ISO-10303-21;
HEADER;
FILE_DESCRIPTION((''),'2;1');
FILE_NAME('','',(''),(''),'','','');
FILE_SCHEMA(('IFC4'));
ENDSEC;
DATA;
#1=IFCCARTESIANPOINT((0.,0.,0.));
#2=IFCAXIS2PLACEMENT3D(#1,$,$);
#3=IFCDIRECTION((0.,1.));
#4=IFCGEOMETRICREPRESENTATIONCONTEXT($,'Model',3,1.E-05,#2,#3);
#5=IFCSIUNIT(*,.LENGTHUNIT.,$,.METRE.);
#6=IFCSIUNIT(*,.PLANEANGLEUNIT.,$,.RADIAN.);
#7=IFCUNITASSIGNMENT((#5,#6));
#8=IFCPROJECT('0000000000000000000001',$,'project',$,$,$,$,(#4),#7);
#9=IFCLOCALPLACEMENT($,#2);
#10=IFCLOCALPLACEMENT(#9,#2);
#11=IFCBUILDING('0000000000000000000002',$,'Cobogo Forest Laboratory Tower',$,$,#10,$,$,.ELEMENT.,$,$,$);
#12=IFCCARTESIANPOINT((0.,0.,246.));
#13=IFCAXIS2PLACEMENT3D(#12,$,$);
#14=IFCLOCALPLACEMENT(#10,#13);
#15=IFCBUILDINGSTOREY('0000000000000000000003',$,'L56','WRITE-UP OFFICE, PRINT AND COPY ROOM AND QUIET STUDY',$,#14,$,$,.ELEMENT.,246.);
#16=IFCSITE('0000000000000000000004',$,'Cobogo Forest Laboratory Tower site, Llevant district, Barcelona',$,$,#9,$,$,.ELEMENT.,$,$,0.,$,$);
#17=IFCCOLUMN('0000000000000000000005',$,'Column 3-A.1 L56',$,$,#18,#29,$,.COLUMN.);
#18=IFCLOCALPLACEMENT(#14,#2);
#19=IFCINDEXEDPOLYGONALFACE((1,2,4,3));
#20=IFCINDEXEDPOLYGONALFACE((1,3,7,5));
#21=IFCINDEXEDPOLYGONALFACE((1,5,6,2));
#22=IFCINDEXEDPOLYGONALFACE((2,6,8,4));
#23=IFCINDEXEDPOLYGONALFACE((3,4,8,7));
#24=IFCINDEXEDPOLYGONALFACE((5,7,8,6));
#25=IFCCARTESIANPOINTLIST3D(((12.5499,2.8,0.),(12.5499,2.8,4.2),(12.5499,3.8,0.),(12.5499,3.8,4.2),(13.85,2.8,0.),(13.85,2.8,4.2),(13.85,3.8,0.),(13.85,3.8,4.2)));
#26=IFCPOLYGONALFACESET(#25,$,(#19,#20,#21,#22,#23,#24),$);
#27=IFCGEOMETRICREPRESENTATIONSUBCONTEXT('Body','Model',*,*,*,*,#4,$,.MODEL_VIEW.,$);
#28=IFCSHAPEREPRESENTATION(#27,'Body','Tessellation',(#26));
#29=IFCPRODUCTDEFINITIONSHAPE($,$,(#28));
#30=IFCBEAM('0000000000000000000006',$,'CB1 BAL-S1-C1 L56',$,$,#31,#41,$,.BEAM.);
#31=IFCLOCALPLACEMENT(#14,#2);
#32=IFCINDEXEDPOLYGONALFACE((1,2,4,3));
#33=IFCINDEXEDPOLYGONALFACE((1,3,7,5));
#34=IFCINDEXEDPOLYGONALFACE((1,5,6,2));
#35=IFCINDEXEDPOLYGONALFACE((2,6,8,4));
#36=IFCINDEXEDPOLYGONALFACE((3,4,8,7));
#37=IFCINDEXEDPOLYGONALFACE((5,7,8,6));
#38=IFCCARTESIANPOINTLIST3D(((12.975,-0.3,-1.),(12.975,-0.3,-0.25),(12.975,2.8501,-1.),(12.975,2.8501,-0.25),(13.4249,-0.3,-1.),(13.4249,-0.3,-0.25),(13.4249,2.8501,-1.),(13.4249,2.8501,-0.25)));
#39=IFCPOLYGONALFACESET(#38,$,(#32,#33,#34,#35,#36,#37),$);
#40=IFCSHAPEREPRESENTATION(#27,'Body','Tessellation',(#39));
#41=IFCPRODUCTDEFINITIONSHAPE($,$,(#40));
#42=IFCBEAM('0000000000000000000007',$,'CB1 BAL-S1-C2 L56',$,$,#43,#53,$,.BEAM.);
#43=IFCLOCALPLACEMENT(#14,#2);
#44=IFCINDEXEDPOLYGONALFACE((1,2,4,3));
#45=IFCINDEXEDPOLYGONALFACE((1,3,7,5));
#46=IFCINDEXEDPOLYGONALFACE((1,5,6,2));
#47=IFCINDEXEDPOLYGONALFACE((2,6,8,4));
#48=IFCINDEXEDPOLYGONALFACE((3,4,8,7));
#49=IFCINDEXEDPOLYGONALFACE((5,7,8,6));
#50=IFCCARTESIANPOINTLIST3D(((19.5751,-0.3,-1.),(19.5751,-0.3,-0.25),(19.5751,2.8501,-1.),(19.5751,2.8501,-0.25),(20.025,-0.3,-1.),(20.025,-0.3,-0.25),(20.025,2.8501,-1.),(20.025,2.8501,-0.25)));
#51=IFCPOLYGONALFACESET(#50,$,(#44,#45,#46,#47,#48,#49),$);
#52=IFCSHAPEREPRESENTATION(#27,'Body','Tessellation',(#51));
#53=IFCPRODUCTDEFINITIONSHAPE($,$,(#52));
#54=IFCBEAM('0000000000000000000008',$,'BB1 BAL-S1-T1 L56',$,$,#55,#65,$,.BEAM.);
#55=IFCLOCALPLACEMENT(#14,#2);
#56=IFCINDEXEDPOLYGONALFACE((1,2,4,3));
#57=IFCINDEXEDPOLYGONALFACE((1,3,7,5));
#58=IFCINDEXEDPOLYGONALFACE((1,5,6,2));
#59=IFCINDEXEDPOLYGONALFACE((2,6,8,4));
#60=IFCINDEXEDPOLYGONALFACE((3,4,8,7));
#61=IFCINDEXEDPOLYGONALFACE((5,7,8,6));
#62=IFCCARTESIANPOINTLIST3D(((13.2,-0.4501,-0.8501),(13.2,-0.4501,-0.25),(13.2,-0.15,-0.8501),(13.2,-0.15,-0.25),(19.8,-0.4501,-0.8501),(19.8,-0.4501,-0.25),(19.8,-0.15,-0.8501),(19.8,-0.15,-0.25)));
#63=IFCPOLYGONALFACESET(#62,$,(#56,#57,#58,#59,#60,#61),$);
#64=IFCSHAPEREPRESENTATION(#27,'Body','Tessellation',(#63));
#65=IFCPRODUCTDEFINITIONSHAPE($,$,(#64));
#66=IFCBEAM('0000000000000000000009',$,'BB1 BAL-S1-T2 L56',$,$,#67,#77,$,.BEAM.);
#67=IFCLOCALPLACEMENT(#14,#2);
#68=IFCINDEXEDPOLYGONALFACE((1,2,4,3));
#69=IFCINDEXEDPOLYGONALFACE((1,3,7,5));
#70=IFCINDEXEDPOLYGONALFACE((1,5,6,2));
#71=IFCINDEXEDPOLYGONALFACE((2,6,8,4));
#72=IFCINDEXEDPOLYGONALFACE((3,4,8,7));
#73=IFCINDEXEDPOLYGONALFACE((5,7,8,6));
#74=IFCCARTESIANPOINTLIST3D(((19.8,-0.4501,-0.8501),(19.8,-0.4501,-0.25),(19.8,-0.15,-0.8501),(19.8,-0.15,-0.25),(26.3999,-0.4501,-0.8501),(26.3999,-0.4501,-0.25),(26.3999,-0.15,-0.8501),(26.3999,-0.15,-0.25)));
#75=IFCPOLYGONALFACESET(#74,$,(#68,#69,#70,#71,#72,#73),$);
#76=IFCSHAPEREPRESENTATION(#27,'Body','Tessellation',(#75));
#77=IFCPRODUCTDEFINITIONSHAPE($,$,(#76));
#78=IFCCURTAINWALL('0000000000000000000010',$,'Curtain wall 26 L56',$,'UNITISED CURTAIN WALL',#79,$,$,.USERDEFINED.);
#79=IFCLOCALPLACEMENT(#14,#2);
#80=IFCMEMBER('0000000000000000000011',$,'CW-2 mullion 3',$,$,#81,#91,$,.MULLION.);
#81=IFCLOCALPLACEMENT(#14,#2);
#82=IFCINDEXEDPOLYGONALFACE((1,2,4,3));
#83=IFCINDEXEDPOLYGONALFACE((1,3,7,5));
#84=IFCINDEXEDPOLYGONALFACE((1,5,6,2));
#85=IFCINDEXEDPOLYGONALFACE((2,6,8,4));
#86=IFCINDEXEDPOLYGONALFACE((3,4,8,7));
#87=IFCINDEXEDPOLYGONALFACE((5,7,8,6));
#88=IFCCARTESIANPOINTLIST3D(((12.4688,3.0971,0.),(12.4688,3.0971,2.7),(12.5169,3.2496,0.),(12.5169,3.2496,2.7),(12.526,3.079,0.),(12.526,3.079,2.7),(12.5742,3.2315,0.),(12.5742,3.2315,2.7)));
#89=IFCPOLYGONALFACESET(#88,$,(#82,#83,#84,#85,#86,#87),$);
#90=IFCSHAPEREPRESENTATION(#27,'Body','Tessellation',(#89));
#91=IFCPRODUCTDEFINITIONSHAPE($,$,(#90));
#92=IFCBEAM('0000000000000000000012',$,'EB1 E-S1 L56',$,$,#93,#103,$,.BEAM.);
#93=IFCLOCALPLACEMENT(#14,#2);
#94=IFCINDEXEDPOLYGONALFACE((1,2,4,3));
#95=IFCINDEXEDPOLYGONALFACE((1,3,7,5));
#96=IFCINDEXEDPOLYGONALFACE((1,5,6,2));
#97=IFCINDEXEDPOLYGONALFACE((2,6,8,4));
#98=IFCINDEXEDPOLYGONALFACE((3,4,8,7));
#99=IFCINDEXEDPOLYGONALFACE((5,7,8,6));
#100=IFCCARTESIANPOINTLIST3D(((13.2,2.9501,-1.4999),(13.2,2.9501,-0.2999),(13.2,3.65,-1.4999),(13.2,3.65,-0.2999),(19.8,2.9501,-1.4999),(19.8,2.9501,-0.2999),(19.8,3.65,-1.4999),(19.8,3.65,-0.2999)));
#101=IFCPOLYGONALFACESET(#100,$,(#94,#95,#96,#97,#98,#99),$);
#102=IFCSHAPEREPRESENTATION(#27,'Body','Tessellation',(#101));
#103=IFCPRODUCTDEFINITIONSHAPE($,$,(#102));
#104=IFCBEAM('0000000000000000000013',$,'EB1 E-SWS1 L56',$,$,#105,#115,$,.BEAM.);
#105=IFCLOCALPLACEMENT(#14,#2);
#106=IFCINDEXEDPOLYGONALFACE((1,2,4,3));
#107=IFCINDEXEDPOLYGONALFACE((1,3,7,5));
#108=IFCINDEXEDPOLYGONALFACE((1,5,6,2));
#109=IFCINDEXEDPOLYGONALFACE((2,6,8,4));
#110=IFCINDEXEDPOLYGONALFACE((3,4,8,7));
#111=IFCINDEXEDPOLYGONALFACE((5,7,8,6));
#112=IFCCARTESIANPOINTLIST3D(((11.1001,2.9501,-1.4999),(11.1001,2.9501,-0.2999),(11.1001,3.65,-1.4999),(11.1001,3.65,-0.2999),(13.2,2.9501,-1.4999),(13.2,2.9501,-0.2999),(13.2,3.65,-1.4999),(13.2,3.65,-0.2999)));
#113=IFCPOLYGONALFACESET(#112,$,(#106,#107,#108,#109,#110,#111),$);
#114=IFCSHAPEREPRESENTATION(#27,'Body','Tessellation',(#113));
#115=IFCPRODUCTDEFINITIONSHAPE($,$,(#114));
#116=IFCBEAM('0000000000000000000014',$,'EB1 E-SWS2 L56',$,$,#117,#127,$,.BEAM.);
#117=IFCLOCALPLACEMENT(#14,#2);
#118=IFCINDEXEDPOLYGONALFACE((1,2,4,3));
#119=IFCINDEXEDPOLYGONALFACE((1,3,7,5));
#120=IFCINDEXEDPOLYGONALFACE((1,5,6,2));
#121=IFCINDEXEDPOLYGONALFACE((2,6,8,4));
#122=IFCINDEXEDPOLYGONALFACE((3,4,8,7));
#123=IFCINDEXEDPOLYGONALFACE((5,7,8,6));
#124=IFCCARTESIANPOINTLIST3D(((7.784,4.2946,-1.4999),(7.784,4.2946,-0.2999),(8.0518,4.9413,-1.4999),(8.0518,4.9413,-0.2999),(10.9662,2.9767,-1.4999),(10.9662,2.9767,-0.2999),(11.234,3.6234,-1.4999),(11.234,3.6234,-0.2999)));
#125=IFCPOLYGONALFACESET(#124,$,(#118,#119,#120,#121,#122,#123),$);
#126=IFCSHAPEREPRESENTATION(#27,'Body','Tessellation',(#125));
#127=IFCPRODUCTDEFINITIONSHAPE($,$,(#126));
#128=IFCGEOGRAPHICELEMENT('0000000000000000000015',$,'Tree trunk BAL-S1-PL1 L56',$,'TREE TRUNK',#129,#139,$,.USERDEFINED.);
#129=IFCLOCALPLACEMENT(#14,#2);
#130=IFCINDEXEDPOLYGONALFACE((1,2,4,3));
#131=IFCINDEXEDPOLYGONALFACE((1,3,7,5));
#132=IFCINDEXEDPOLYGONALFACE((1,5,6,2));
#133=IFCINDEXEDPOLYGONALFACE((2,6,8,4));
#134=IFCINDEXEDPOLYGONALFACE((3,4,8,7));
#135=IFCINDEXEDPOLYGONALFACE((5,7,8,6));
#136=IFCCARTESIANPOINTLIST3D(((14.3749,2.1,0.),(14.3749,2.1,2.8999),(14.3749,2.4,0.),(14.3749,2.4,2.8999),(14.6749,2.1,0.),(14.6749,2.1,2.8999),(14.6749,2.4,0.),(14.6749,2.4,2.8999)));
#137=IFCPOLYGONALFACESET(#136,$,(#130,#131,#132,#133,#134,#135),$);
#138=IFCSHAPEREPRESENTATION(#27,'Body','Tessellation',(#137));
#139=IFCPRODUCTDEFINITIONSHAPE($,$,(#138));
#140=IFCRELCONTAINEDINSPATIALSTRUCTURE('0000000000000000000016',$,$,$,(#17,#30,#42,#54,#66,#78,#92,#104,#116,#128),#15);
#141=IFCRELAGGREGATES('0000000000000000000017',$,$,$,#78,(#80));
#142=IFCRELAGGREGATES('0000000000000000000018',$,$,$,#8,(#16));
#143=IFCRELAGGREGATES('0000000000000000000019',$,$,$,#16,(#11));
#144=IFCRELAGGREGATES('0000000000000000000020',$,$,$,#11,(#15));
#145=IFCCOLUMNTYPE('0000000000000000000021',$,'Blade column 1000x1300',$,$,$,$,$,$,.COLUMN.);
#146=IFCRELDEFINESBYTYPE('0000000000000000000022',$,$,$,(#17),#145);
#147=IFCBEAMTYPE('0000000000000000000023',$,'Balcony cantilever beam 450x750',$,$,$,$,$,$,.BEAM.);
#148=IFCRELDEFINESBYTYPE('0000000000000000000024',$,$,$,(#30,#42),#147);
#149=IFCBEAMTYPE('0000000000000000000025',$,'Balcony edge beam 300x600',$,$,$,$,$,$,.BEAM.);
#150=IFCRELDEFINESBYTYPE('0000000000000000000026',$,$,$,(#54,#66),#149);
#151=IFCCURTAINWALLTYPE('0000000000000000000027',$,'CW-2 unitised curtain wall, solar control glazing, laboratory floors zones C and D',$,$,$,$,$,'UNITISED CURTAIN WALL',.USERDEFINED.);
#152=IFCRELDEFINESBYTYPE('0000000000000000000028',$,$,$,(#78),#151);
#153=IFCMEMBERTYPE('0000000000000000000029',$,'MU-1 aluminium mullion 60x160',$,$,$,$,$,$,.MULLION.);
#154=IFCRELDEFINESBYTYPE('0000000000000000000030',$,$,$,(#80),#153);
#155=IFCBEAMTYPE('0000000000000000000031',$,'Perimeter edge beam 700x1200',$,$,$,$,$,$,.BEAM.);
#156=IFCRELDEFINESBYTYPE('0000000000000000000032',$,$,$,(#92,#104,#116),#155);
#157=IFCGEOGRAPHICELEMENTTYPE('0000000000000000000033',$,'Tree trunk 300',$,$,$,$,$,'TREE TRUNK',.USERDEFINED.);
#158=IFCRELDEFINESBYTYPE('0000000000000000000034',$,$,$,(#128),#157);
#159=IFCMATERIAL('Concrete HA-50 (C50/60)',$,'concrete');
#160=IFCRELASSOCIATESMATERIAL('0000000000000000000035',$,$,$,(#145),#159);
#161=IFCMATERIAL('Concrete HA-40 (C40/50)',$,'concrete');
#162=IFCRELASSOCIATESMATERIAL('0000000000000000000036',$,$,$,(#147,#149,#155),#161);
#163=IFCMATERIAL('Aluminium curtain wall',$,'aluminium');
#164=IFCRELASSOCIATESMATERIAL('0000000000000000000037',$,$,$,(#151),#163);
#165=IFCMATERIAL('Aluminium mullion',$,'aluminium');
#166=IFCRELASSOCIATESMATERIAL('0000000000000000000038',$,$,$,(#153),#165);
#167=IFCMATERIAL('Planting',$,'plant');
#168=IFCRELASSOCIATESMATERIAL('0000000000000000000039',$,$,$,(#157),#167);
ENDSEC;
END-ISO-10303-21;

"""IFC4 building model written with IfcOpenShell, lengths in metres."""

from ifc_helpers import new_model, si_unit, direction, frame, origin, origin_2d, place, context, subcontext, project, spatial, rectangle, extrude, material, material_profile, profile_set, type_object, element, aggregate, save


model = new_model("IFC4")

# Units and contexts
model_context = context("Model", 3, precision=1e-05, world=origin(), true_north=direction((0.0, 1.0)))
body_context = subcontext(model_context, "Body", "Model", "MODEL_VIEW")
ifc_project = project(units=[si_unit("LENGTHUNIT", "METRE"), si_unit("PLANEANGLEUNIT", "RADIAN")], contexts=[model_context])

# Site, building, storey
site_placement = place(None, origin())
site = spatial("IfcSite", under=ifc_project, at=site_placement, Name="Cobogo Forest Laboratory Tower site, Llevant district, Barcelona", CompositionType="ELEMENT", RefElevation=0.0)
building_placement = place(site_placement, origin())
building = spatial("IfcBuilding", under=site, at=building_placement, Name="Cobogo Forest Laboratory Tower", CompositionType="ELEMENT")
storey_placement = place(building_placement, frame((0.0, 0.0, 246.0)))
storey = spatial("IfcBuildingStorey", under=building, at=storey_placement, Name="L56", Description="WRITE-UP OFFICE, PRINT AND COPY ROOM AND QUIET STUDY", CompositionType="ELEMENT", Elevation=246.0)

# Column
ifc_material_1 = material(Name="Concrete HA-50 (C50/60)", Category="concrete")
ifc_material_profile_1 = material_profile(ifc_material_1, rectangle(XDim=1.3, YDim=1.0, at=origin_2d()), Name="RC 1000x1300")
ifc_profile_set_1 = profile_set([ifc_material_profile_1], Name="Concrete HA-50 (C50/60)")
column_type = type_object("IfcColumnType", Name="Blade column 1000x1300", PredefinedType="COLUMN", material=ifc_profile_set_1)
column_placement = place(storey_placement, frame((13.2, 3.3, 0.0), z_axis=(0.0, 0.0, 1.0), x_axis=(1.0, 0.0, 0.0)))
element("IfcColumn", 1, at=column_placement, inside=storey, type_object=column_type, Name="Column 3-A.1 L56", PredefinedType="COLUMN", context=body_context, shape_type="SweptSolid", body=[
    extrude(rectangle(XDim=1.3, YDim=1.0, at=origin_2d()), origin(), (0.0, 0.0, 1.0), 4.2),
])

# Beams
ifc_material_2 = material(Name="Concrete HA-40 (C40/50)", Category="concrete")
ifc_material_profile_2 = material_profile(ifc_material_2, rectangle(XDim=0.45, YDim=0.75, at=origin_2d()), Name="RC 450x750")
ifc_profile_set_2 = profile_set([ifc_material_profile_2], Name="Concrete HA-40 (C40/50)")
beam_type_1 = type_object("IfcBeamType", Name="Balcony cantilever beam 450x750", PredefinedType="BEAM", material=ifc_profile_set_2)
for number, where, z_axis, x_axis, name in (
    (2, (13.2, 2.8501, -0.625), (0.0, -1.0, 0.0), (1.0, 0.0, 0.0), "CB1 BAL-S1-C1 L56"),
    (3, (19.8, 2.8501, -0.625), (0.0, -1.0, 0.0), (1.0, 0.0, 0.0), "CB1 BAL-S1-C2 L56"),
):
    element("IfcBeam", number, at=place(storey_placement, frame(where, z_axis=z_axis, x_axis=x_axis)), inside=storey, type_object=beam_type_1, Name=name, PredefinedType="BEAM", context=body_context, shape_type="SweptSolid", body=[
        extrude(rectangle(XDim=0.45, YDim=0.75, at=origin_2d()), origin(), (0.0, 0.0, 1.0), 3.1501),
    ])
ifc_material_profile_3 = material_profile(ifc_material_2, rectangle(XDim=0.3, YDim=0.6001, at=origin_2d()), Name="RC 300x600")
ifc_profile_set_3 = profile_set([ifc_material_profile_3], Name="Concrete HA-40 (C40/50)")
beam_type_2 = type_object("IfcBeamType", Name="Balcony edge beam 300x600", PredefinedType="BEAM", material=ifc_profile_set_3)
beam_1_placement = place(storey_placement, frame((13.2, -0.3, -0.55), z_axis=(1.0, 0.0, 0.0), x_axis=(0.0, 1.0, 0.0)))
element("IfcBeam", 4, at=beam_1_placement, inside=storey, type_object=beam_type_2, Name="BB1 BAL-S1-T1 L56", PredefinedType="BEAM", context=body_context, shape_type="SweptSolid", body=[
    extrude(rectangle(XDim=0.3, YDim=0.6001, at=origin_2d()), origin(), (0.0, 0.0, 1.0), 6.6001),
])
beam_2_placement = place(storey_placement, frame((19.8, -0.3, -0.55), z_axis=(1.0, 0.0, 0.0), x_axis=(0.0, 1.0, 0.0)))
element("IfcBeam", 5, at=beam_2_placement, inside=storey, type_object=beam_type_2, Name="BB1 BAL-S1-T2 L56", PredefinedType="BEAM", context=body_context, shape_type="SweptSolid", body=[
    extrude(rectangle(XDim=0.3, YDim=0.6001, at=origin_2d()), origin(), (0.0, 0.0, 1.0), 6.5999),
])

# Curtain wall, member
ifc_material_3 = material(Name="Aluminium curtain wall", Category="aluminium")
curtain_wall_type = type_object("IfcCurtainWallType", Name="CW-2 unitised curtain wall, solar control glazing, laboratory floors zones C and D", ElementType="UNITISED CURTAIN WALL", PredefinedType="USERDEFINED", material=ifc_material_3)
curtain_wall_placement = place(storey_placement, origin())
curtain_wall = element("IfcCurtainWall", 6, at=curtain_wall_placement, inside=storey, type_object=curtain_wall_type, Name="Curtain wall 26 L56", ObjectType="UNITISED CURTAIN WALL", PredefinedType="USERDEFINED")
ifc_material_4 = material(Name="Aluminium mullion", Category="aluminium")
ifc_material_profile_4 = material_profile(ifc_material_4, rectangle(XDim=0.0601, YDim=0.1599, at=origin_2d()), Name="AL 60x160")
ifc_profile_set_4 = profile_set([ifc_material_profile_4], Name="Aluminium mullion")
member_type = type_object("IfcMemberType", Name="MU-1 aluminium mullion 60x160", PredefinedType="MULLION", material=ifc_profile_set_4)
member_placement = place(storey_placement, frame((12.5215, 3.1643, 0.0), z_axis=(0.0, 0.0, 1.0), x_axis=(0.953581, -0.301135, 0.0)))
member = element("IfcMember", 7, at=member_placement, type_object=member_type, Name="CW-2 mullion 3", PredefinedType="MULLION", context=body_context, shape_type="SweptSolid", body=[
    extrude(rectangle(XDim=0.0601, YDim=0.1599, at=origin_2d()), origin(), (0.0, 0.0, 1.0), 2.7),
])
aggregate(curtain_wall, [member])

# Beams
ifc_material_profile_5 = material_profile(ifc_material_2, rectangle(XDim=0.7, YDim=1.2, at=origin_2d()), Name="RC 700x1200")
ifc_profile_set_5 = profile_set([ifc_material_profile_5], Name="Concrete HA-40 (C40/50)")
beam_type_3 = type_object("IfcBeamType", Name="Perimeter edge beam 700x1200", PredefinedType="BEAM", material=ifc_profile_set_5)
beam_3_placement = place(storey_placement, frame((13.2, 3.3, -0.8999), z_axis=(1.0, 0.0, 0.0), x_axis=(0.0, 1.0, 0.0)))
element("IfcBeam", 8, at=beam_3_placement, inside=storey, type_object=beam_type_3, Name="EB1 E-S1 L56", PredefinedType="BEAM", context=body_context, shape_type="SweptSolid", body=[
    extrude(rectangle(XDim=0.7, YDim=1.2, at=origin_2d()), origin(), (0.0, 0.0, 1.0), 6.6001),
])
beam_4_placement = place(storey_placement, frame((13.2, 3.3, -0.8999), z_axis=(-1.0, 0.0, 0.0), x_axis=(0.0, -1.0, 0.0)))
element("IfcBeam", 9, at=beam_4_placement, inside=storey, type_object=beam_type_3, Name="EB1 E-SWS1 L56", PredefinedType="BEAM", context=body_context, shape_type="SweptSolid", body=[
    extrude(rectangle(XDim=0.7, YDim=1.2, at=origin_2d()), origin(), (0.0, 0.0, 1.0), 2.0999),
])
beam_5_placement = place(storey_placement, frame((11.1001, 3.3, -0.8999), z_axis=(-0.923901, 0.382631, 0.0), x_axis=(-0.382631, -0.923901, 0.0)))
element("IfcBeam", 10, at=beam_5_placement, inside=storey, type_object=beam_type_3, Name="EB1 E-SWS2 L56", PredefinedType="BEAM", context=body_context, shape_type="SweptSolid", body=[
    extrude(rectangle(XDim=0.7, YDim=1.2, at=origin_2d()), origin(), (0.0, 0.0, 1.0), 3.4443),
])

# Geographic element
ifc_material_5 = material(Name="Planting", Category="plant")
geographic_element_type = type_object("IfcGeographicElementType", Name="Tree trunk 300", ElementType="TREE TRUNK", PredefinedType="USERDEFINED", material=ifc_material_5)
geographic_element_placement = place(storey_placement, frame((14.5249, 2.25, 0.0), z_axis=(0.0, 0.0, 1.0), x_axis=(1.0, 0.0, 0.0)))
element("IfcGeographicElement", 11, at=geographic_element_placement, inside=storey, type_object=geographic_element_type, Name="Tree trunk BAL-S1-PL1 L56", ObjectType="TREE TRUNK", PredefinedType="USERDEFINED", context=body_context, shape_type="SweptSolid", body=[
    extrude(rectangle(XDim=0.3, YDim=0.3, at=origin_2d()), origin(), (0.0, 0.0, 1.0), 2.8999),
])

save(model, "model.ifc")
